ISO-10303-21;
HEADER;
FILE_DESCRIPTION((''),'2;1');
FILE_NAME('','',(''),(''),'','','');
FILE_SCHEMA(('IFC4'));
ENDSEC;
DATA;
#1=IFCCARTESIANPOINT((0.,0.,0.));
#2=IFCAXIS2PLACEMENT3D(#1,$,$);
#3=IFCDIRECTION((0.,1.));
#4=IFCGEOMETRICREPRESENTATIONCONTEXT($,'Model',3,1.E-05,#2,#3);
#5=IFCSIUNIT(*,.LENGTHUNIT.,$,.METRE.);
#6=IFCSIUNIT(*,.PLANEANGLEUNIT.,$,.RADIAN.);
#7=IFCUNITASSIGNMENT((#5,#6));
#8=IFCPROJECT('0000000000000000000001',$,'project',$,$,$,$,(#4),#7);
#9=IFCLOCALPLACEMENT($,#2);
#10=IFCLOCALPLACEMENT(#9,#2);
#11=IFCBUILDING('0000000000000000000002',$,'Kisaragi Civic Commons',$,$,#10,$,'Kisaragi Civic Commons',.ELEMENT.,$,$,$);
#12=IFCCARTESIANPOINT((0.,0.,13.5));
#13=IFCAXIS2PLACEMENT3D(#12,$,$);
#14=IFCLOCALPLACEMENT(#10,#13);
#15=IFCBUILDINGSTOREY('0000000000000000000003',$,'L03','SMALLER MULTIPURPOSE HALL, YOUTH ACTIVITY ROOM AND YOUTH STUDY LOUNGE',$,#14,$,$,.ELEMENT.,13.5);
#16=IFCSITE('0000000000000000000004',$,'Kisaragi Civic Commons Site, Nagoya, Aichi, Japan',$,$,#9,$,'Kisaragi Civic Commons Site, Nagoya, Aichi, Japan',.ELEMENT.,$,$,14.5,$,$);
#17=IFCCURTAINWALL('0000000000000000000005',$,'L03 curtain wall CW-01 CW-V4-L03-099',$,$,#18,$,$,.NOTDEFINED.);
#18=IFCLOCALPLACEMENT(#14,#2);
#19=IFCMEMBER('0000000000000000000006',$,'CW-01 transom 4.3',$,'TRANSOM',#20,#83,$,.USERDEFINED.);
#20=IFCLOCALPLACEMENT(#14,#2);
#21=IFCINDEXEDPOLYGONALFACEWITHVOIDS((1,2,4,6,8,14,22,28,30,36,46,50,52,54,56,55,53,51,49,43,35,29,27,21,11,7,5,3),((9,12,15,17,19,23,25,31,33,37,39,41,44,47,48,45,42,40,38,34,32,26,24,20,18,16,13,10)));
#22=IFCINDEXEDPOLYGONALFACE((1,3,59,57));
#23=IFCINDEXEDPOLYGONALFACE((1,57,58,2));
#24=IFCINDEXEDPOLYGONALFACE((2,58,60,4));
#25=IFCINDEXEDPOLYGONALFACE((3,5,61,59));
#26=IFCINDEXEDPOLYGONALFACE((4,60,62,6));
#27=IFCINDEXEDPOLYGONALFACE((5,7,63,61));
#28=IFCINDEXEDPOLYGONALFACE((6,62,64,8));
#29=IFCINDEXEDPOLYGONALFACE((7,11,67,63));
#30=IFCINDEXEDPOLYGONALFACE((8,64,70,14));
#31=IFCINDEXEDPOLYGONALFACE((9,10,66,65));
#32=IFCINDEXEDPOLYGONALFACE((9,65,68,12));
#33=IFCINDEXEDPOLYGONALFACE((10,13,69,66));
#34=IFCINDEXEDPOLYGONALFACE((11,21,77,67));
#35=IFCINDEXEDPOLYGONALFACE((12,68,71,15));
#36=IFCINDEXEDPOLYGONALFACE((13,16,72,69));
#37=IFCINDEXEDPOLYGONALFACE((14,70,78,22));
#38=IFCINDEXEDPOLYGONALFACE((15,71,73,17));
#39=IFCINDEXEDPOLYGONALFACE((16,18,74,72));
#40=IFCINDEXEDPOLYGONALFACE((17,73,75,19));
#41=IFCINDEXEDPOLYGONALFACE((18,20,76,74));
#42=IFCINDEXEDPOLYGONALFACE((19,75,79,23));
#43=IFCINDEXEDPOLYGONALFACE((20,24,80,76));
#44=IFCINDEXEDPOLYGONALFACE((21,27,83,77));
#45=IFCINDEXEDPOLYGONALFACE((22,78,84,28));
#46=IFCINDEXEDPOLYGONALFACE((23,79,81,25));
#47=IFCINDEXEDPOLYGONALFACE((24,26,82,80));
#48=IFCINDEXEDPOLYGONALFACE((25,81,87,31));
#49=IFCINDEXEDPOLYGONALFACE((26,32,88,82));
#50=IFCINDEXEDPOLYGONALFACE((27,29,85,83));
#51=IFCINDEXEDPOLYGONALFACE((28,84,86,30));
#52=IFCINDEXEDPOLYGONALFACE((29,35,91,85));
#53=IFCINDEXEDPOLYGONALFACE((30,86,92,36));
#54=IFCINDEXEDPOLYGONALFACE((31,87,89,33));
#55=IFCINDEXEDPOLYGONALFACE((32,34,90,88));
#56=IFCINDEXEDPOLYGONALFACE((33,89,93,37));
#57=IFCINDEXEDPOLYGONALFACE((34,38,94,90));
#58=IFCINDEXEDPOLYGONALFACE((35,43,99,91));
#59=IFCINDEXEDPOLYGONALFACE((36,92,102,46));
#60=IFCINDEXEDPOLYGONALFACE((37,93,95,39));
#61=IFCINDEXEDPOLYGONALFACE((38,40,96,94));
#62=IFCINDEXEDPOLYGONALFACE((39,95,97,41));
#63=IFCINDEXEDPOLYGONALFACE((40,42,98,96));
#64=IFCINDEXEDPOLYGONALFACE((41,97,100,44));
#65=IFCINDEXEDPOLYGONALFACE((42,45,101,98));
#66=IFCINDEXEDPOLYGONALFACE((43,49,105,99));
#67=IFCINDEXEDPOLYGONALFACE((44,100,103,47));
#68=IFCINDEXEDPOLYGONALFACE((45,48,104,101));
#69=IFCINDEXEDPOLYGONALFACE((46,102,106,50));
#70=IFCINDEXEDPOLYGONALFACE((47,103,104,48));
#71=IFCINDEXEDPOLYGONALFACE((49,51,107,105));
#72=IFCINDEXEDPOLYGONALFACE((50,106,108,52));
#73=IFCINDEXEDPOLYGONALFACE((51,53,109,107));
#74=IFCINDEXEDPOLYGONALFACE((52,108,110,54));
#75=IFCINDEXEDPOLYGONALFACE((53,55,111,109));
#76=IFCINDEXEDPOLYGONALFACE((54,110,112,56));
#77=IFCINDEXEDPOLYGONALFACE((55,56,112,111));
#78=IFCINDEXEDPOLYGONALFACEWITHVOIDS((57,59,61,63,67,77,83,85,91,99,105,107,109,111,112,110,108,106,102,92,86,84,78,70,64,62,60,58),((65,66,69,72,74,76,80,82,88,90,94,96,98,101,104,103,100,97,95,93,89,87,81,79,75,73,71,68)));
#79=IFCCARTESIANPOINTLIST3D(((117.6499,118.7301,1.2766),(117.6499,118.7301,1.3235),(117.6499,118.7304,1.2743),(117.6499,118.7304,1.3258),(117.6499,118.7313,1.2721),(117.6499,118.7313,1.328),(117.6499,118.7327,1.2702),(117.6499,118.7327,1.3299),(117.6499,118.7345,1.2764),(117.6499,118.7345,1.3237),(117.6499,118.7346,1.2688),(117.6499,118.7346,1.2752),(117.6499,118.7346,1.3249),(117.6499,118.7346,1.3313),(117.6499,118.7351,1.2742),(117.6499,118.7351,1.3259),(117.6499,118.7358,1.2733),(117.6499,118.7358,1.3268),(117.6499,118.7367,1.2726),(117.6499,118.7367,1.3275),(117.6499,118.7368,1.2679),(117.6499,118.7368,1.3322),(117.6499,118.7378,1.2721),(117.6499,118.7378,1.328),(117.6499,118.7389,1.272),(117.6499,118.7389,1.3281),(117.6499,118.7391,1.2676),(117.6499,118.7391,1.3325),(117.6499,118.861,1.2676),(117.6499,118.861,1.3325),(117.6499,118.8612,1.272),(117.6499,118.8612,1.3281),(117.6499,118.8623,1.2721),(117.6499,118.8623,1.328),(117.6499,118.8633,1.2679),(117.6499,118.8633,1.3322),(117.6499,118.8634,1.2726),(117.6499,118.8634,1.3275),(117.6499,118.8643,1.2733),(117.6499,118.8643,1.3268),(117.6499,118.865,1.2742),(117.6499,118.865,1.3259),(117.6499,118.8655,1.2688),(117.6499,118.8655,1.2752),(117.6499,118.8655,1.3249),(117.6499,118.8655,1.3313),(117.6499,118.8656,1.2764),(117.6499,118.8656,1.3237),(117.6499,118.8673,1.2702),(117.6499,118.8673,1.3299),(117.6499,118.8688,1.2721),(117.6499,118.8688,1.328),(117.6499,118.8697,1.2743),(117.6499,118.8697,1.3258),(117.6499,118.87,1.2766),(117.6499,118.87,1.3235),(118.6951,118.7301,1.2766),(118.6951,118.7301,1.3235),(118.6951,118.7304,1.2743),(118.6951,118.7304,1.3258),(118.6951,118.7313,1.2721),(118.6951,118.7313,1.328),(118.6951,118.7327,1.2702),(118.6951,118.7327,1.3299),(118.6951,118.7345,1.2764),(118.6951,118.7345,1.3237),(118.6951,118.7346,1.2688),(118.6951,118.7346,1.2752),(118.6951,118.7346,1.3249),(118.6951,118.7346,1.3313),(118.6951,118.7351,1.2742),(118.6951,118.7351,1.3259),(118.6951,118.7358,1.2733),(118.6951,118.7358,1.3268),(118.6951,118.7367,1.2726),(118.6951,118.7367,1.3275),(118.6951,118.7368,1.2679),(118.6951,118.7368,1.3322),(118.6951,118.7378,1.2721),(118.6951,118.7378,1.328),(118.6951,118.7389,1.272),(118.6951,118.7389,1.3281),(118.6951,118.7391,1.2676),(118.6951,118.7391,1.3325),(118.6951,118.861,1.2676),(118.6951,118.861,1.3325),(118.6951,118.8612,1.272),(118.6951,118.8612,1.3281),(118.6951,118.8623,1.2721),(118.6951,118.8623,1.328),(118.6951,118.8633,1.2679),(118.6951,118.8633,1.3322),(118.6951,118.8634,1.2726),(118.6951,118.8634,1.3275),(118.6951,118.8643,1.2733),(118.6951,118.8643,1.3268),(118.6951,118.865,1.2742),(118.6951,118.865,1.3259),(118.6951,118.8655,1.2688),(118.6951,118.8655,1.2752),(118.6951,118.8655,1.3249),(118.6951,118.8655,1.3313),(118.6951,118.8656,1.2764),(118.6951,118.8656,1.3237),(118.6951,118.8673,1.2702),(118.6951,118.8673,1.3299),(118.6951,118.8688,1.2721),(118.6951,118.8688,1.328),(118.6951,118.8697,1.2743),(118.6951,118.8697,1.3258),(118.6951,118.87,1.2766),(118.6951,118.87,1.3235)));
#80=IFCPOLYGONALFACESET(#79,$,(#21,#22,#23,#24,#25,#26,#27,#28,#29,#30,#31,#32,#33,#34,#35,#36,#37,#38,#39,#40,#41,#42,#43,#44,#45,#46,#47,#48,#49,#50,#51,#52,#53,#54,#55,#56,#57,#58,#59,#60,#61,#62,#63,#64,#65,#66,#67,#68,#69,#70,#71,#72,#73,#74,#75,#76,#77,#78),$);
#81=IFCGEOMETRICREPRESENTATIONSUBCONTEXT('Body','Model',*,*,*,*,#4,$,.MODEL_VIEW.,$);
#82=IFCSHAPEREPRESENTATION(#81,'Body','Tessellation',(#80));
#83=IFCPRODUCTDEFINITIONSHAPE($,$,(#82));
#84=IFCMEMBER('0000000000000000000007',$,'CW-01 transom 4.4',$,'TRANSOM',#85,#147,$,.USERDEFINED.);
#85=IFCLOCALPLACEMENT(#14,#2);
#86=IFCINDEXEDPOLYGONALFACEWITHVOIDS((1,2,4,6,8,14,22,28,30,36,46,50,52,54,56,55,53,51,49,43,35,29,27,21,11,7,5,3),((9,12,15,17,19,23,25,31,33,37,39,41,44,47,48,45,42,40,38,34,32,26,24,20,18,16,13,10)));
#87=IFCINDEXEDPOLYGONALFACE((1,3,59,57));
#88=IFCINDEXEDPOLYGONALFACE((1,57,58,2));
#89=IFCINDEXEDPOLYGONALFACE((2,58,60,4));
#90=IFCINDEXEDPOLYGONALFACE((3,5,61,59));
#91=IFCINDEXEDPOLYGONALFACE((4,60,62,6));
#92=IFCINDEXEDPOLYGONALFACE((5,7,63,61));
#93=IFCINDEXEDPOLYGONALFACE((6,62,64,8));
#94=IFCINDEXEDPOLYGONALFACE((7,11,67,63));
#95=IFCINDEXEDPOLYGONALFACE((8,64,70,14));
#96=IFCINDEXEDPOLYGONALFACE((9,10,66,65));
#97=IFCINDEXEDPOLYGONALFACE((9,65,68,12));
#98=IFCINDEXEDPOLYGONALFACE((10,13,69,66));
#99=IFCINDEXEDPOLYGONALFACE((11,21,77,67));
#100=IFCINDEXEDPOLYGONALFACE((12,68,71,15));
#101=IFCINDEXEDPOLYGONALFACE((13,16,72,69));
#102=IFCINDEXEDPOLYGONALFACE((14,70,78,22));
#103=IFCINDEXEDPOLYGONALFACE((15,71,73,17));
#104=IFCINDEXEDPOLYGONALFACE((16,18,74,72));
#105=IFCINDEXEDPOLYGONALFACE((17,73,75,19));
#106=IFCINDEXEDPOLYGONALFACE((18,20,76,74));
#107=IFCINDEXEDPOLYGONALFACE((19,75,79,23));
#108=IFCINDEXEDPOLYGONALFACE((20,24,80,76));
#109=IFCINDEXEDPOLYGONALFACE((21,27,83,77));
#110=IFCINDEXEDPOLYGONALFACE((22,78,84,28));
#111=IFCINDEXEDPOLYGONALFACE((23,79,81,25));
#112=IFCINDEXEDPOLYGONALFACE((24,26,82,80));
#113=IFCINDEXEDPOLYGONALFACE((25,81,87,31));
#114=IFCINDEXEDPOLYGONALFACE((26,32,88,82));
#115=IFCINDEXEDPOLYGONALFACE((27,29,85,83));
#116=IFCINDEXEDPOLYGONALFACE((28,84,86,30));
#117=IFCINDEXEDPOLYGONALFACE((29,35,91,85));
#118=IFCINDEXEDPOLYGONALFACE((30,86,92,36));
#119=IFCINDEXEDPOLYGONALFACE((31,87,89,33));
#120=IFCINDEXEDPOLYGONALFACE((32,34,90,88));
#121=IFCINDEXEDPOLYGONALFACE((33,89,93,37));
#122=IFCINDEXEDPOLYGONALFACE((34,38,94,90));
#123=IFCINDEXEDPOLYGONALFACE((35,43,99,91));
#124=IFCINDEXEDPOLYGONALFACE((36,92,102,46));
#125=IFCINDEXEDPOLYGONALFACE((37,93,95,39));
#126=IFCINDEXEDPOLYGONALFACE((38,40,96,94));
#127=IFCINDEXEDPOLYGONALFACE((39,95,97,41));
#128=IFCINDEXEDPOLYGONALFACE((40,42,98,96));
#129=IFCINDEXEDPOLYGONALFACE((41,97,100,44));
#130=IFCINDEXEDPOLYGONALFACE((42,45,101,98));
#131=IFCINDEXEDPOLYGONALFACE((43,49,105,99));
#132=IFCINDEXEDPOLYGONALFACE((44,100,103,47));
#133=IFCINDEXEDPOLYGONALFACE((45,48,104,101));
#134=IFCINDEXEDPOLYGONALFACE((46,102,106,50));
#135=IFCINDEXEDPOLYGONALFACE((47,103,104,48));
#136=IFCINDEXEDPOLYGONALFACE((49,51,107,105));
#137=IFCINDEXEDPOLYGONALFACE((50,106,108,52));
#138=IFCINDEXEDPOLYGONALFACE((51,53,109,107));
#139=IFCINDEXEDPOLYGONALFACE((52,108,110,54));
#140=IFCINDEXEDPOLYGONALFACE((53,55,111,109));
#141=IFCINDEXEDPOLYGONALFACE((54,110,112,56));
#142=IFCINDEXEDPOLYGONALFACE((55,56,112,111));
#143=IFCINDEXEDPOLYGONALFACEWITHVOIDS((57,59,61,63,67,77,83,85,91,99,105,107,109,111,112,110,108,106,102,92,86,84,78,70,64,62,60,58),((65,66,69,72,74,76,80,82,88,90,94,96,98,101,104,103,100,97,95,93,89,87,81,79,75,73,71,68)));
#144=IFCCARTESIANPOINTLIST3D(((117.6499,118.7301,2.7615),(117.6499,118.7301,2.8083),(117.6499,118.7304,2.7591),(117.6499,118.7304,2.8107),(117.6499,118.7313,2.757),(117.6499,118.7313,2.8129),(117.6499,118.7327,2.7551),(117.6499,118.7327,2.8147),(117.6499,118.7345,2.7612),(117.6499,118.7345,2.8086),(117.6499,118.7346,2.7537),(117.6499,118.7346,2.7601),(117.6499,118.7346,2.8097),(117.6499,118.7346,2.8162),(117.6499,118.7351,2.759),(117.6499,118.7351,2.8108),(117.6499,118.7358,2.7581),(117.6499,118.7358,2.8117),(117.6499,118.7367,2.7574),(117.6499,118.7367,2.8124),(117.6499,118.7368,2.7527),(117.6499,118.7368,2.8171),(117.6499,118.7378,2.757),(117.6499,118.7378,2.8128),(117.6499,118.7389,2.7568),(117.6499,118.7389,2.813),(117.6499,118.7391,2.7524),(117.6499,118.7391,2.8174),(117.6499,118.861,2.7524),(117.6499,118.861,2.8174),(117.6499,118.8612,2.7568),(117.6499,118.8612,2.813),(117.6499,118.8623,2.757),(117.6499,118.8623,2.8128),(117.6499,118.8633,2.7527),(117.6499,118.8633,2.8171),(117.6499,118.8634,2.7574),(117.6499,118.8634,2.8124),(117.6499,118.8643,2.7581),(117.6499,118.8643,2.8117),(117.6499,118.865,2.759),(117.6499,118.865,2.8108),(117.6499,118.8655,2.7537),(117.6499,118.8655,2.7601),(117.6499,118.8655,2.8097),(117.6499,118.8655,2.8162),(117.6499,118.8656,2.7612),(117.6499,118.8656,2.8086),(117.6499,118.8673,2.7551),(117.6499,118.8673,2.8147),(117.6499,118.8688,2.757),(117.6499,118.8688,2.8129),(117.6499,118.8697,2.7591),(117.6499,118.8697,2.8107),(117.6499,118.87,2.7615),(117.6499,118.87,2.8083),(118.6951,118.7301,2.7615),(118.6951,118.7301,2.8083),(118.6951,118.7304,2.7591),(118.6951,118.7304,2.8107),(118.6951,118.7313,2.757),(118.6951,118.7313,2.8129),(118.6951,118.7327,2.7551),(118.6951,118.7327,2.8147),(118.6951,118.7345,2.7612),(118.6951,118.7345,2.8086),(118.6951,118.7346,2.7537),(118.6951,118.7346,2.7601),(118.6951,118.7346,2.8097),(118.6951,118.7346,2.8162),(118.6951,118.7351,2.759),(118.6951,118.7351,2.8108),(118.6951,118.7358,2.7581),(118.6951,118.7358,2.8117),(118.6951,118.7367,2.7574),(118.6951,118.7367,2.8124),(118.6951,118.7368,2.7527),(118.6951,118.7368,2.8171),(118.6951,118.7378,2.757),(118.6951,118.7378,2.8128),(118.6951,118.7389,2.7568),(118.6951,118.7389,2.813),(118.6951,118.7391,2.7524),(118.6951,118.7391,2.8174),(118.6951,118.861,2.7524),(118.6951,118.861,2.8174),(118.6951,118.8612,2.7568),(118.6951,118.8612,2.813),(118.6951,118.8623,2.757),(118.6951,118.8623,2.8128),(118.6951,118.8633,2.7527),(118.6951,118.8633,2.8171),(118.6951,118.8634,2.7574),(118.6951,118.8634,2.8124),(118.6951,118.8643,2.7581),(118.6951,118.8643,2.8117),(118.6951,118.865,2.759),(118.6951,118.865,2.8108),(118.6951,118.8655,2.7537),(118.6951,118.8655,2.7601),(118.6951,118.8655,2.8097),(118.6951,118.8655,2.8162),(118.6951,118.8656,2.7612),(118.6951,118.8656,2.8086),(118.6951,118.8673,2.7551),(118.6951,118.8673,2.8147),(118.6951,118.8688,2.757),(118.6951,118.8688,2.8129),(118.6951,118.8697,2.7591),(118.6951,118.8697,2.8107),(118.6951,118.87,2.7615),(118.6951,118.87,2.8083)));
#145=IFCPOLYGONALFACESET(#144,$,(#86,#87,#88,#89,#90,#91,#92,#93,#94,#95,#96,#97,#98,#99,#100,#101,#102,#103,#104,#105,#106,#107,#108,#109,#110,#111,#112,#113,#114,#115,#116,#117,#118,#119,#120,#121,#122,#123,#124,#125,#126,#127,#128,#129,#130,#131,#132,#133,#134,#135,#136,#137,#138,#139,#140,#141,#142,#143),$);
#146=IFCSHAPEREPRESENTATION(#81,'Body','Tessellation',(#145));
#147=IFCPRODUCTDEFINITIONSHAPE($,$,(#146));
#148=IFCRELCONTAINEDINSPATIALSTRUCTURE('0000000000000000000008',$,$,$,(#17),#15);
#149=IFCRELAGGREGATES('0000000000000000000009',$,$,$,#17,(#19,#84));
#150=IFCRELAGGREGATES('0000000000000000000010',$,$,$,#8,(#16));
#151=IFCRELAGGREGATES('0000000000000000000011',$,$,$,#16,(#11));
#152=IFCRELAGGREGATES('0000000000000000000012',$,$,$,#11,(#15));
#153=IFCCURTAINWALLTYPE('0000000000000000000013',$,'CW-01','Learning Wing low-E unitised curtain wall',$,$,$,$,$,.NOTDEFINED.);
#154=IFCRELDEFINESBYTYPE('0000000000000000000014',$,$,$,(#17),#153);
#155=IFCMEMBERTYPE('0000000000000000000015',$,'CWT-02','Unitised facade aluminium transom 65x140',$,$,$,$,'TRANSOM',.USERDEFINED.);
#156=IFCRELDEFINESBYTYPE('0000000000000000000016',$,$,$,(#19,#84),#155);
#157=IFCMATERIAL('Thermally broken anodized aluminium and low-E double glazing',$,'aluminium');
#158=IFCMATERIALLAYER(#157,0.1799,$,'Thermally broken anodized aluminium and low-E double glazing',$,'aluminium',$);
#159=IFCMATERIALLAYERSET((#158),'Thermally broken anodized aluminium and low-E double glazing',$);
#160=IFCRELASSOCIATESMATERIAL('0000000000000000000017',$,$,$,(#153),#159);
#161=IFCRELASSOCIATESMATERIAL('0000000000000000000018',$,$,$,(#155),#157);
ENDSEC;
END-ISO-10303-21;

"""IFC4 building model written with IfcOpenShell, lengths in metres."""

from ifc_helpers import new_model, si_unit, direction, frame, origin, origin_2d, place, context, subcontext, project, spatial, hollow_rectangle, extrude, material, layer, layer_set, material_profile, profile_set, type_object, element, aggregate, save


model = new_model("IFC4")

# Units and contexts
model_context = context("Model", 3, precision=1e-05, world=origin(), true_north=direction((0.0, 1.0)))
body_context = subcontext(model_context, "Body", "Model", "MODEL_VIEW")
ifc_project = project(units=[si_unit("LENGTHUNIT", "METRE"), si_unit("PLANEANGLEUNIT", "RADIAN")], contexts=[model_context])

# Site, building, storey
site_placement = place(None, origin())
site = spatial("IfcSite", under=ifc_project, at=site_placement, Name="Kisaragi Civic Commons Site, Nagoya, Aichi, Japan", LongName="Kisaragi Civic Commons Site, Nagoya, Aichi, Japan", CompositionType="ELEMENT", RefElevation=14.5)
building_placement = place(site_placement, origin())
building = spatial("IfcBuilding", under=site, at=building_placement, Name="Kisaragi Civic Commons", LongName="Kisaragi Civic Commons", CompositionType="ELEMENT")
storey_placement = place(building_placement, frame((0.0, 0.0, 13.5)))
storey = spatial("IfcBuildingStorey", under=building, at=storey_placement, Name="L03", Description="SMALLER MULTIPURPOSE HALL, YOUTH ACTIVITY ROOM AND YOUTH STUDY LOUNGE", CompositionType="ELEMENT", Elevation=13.5)

# Curtain wall
ifc_material = material(Name="Thermally broken anodized aluminium and low-E double glazing", Category="aluminium")
ifc_layer_1 = layer(ifc_material, 0.1799, Name="Thermally broken anodized aluminium and low-E double glazing", Category="aluminium")
ifc_layer_set_1 = layer_set([ifc_layer_1], Name="Thermally broken anodized aluminium and low-E double glazing")
curtain_wall_type = type_object("IfcCurtainWallType", Name="CW-01", Description="Learning Wing low-E unitised curtain wall", PredefinedType="NOTDEFINED", material=ifc_layer_set_1)
curtain_wall_1_placement = place(storey_placement, origin())
curtain_wall_1 = element("IfcCurtainWall", 1, at=curtain_wall_1_placement, inside=storey, type_object=curtain_wall_type, Name="L03 curtain wall CW-01 CW-V4-L03-099", PredefinedType="NOTDEFINED")

# Members
ifc_material_profile_1 = material_profile(ifc_material, hollow_rectangle(XDim=0.1399, YDim=0.0649, WallThickness=0.0044, InnerFilletRadius=0.0044, OuterFilletRadius=0.009, at=origin_2d()), Name="CWT-65x140x4.5", Category="aluminium")
ifc_profile_set_1 = profile_set([ifc_material_profile_1], Name="Thermally broken anodized aluminium and low-E double glazing")
member_type_1 = type_object("IfcMemberType", Name="CWT-02", Description="Unitised facade aluminium transom 65x140", ElementType="TRANSOM", PredefinedType="USERDEFINED", material=ifc_profile_set_1)
member_1_placement = place(storey_placement, frame((117.6499, 118.8, 1.3), z_axis=(1.0, 0.0, 0.0), x_axis=(0.0, 1.0, 0.0)))
member_1 = element("IfcMember", 2, at=member_1_placement, type_object=member_type_1, Name="CW-01 transom 4.3", ObjectType="TRANSOM", PredefinedType="USERDEFINED", context=body_context, shape_type="SweptSolid", body=[
    extrude(hollow_rectangle(XDim=0.1399, YDim=0.0649, WallThickness=0.0044, InnerFilletRadius=0.0044, OuterFilletRadius=0.009, at=origin_2d()), origin(), (0.0, 0.0, 1.0), 1.0452),
])
member_2_placement = place(storey_placement, frame((117.6499, 118.8, 2.7849), z_axis=(1.0, 0.0, 0.0), x_axis=(0.0, 1.0, 0.0)))
member_2 = element("IfcMember", 3, at=member_2_placement, type_object=member_type_1, Name="CW-01 transom 4.4", ObjectType="TRANSOM", PredefinedType="USERDEFINED", context=body_context, shape_type="SweptSolid", body=[
    extrude(hollow_rectangle(XDim=0.1399, YDim=0.0649, WallThickness=0.0044, InnerFilletRadius=0.0044, OuterFilletRadius=0.009, at=origin_2d()), origin(), (0.0, 0.0, 1.0), 1.0452),
])

aggregate(curtain_wall_1, [member_1, member_2])

save(model, "model.ifc")
